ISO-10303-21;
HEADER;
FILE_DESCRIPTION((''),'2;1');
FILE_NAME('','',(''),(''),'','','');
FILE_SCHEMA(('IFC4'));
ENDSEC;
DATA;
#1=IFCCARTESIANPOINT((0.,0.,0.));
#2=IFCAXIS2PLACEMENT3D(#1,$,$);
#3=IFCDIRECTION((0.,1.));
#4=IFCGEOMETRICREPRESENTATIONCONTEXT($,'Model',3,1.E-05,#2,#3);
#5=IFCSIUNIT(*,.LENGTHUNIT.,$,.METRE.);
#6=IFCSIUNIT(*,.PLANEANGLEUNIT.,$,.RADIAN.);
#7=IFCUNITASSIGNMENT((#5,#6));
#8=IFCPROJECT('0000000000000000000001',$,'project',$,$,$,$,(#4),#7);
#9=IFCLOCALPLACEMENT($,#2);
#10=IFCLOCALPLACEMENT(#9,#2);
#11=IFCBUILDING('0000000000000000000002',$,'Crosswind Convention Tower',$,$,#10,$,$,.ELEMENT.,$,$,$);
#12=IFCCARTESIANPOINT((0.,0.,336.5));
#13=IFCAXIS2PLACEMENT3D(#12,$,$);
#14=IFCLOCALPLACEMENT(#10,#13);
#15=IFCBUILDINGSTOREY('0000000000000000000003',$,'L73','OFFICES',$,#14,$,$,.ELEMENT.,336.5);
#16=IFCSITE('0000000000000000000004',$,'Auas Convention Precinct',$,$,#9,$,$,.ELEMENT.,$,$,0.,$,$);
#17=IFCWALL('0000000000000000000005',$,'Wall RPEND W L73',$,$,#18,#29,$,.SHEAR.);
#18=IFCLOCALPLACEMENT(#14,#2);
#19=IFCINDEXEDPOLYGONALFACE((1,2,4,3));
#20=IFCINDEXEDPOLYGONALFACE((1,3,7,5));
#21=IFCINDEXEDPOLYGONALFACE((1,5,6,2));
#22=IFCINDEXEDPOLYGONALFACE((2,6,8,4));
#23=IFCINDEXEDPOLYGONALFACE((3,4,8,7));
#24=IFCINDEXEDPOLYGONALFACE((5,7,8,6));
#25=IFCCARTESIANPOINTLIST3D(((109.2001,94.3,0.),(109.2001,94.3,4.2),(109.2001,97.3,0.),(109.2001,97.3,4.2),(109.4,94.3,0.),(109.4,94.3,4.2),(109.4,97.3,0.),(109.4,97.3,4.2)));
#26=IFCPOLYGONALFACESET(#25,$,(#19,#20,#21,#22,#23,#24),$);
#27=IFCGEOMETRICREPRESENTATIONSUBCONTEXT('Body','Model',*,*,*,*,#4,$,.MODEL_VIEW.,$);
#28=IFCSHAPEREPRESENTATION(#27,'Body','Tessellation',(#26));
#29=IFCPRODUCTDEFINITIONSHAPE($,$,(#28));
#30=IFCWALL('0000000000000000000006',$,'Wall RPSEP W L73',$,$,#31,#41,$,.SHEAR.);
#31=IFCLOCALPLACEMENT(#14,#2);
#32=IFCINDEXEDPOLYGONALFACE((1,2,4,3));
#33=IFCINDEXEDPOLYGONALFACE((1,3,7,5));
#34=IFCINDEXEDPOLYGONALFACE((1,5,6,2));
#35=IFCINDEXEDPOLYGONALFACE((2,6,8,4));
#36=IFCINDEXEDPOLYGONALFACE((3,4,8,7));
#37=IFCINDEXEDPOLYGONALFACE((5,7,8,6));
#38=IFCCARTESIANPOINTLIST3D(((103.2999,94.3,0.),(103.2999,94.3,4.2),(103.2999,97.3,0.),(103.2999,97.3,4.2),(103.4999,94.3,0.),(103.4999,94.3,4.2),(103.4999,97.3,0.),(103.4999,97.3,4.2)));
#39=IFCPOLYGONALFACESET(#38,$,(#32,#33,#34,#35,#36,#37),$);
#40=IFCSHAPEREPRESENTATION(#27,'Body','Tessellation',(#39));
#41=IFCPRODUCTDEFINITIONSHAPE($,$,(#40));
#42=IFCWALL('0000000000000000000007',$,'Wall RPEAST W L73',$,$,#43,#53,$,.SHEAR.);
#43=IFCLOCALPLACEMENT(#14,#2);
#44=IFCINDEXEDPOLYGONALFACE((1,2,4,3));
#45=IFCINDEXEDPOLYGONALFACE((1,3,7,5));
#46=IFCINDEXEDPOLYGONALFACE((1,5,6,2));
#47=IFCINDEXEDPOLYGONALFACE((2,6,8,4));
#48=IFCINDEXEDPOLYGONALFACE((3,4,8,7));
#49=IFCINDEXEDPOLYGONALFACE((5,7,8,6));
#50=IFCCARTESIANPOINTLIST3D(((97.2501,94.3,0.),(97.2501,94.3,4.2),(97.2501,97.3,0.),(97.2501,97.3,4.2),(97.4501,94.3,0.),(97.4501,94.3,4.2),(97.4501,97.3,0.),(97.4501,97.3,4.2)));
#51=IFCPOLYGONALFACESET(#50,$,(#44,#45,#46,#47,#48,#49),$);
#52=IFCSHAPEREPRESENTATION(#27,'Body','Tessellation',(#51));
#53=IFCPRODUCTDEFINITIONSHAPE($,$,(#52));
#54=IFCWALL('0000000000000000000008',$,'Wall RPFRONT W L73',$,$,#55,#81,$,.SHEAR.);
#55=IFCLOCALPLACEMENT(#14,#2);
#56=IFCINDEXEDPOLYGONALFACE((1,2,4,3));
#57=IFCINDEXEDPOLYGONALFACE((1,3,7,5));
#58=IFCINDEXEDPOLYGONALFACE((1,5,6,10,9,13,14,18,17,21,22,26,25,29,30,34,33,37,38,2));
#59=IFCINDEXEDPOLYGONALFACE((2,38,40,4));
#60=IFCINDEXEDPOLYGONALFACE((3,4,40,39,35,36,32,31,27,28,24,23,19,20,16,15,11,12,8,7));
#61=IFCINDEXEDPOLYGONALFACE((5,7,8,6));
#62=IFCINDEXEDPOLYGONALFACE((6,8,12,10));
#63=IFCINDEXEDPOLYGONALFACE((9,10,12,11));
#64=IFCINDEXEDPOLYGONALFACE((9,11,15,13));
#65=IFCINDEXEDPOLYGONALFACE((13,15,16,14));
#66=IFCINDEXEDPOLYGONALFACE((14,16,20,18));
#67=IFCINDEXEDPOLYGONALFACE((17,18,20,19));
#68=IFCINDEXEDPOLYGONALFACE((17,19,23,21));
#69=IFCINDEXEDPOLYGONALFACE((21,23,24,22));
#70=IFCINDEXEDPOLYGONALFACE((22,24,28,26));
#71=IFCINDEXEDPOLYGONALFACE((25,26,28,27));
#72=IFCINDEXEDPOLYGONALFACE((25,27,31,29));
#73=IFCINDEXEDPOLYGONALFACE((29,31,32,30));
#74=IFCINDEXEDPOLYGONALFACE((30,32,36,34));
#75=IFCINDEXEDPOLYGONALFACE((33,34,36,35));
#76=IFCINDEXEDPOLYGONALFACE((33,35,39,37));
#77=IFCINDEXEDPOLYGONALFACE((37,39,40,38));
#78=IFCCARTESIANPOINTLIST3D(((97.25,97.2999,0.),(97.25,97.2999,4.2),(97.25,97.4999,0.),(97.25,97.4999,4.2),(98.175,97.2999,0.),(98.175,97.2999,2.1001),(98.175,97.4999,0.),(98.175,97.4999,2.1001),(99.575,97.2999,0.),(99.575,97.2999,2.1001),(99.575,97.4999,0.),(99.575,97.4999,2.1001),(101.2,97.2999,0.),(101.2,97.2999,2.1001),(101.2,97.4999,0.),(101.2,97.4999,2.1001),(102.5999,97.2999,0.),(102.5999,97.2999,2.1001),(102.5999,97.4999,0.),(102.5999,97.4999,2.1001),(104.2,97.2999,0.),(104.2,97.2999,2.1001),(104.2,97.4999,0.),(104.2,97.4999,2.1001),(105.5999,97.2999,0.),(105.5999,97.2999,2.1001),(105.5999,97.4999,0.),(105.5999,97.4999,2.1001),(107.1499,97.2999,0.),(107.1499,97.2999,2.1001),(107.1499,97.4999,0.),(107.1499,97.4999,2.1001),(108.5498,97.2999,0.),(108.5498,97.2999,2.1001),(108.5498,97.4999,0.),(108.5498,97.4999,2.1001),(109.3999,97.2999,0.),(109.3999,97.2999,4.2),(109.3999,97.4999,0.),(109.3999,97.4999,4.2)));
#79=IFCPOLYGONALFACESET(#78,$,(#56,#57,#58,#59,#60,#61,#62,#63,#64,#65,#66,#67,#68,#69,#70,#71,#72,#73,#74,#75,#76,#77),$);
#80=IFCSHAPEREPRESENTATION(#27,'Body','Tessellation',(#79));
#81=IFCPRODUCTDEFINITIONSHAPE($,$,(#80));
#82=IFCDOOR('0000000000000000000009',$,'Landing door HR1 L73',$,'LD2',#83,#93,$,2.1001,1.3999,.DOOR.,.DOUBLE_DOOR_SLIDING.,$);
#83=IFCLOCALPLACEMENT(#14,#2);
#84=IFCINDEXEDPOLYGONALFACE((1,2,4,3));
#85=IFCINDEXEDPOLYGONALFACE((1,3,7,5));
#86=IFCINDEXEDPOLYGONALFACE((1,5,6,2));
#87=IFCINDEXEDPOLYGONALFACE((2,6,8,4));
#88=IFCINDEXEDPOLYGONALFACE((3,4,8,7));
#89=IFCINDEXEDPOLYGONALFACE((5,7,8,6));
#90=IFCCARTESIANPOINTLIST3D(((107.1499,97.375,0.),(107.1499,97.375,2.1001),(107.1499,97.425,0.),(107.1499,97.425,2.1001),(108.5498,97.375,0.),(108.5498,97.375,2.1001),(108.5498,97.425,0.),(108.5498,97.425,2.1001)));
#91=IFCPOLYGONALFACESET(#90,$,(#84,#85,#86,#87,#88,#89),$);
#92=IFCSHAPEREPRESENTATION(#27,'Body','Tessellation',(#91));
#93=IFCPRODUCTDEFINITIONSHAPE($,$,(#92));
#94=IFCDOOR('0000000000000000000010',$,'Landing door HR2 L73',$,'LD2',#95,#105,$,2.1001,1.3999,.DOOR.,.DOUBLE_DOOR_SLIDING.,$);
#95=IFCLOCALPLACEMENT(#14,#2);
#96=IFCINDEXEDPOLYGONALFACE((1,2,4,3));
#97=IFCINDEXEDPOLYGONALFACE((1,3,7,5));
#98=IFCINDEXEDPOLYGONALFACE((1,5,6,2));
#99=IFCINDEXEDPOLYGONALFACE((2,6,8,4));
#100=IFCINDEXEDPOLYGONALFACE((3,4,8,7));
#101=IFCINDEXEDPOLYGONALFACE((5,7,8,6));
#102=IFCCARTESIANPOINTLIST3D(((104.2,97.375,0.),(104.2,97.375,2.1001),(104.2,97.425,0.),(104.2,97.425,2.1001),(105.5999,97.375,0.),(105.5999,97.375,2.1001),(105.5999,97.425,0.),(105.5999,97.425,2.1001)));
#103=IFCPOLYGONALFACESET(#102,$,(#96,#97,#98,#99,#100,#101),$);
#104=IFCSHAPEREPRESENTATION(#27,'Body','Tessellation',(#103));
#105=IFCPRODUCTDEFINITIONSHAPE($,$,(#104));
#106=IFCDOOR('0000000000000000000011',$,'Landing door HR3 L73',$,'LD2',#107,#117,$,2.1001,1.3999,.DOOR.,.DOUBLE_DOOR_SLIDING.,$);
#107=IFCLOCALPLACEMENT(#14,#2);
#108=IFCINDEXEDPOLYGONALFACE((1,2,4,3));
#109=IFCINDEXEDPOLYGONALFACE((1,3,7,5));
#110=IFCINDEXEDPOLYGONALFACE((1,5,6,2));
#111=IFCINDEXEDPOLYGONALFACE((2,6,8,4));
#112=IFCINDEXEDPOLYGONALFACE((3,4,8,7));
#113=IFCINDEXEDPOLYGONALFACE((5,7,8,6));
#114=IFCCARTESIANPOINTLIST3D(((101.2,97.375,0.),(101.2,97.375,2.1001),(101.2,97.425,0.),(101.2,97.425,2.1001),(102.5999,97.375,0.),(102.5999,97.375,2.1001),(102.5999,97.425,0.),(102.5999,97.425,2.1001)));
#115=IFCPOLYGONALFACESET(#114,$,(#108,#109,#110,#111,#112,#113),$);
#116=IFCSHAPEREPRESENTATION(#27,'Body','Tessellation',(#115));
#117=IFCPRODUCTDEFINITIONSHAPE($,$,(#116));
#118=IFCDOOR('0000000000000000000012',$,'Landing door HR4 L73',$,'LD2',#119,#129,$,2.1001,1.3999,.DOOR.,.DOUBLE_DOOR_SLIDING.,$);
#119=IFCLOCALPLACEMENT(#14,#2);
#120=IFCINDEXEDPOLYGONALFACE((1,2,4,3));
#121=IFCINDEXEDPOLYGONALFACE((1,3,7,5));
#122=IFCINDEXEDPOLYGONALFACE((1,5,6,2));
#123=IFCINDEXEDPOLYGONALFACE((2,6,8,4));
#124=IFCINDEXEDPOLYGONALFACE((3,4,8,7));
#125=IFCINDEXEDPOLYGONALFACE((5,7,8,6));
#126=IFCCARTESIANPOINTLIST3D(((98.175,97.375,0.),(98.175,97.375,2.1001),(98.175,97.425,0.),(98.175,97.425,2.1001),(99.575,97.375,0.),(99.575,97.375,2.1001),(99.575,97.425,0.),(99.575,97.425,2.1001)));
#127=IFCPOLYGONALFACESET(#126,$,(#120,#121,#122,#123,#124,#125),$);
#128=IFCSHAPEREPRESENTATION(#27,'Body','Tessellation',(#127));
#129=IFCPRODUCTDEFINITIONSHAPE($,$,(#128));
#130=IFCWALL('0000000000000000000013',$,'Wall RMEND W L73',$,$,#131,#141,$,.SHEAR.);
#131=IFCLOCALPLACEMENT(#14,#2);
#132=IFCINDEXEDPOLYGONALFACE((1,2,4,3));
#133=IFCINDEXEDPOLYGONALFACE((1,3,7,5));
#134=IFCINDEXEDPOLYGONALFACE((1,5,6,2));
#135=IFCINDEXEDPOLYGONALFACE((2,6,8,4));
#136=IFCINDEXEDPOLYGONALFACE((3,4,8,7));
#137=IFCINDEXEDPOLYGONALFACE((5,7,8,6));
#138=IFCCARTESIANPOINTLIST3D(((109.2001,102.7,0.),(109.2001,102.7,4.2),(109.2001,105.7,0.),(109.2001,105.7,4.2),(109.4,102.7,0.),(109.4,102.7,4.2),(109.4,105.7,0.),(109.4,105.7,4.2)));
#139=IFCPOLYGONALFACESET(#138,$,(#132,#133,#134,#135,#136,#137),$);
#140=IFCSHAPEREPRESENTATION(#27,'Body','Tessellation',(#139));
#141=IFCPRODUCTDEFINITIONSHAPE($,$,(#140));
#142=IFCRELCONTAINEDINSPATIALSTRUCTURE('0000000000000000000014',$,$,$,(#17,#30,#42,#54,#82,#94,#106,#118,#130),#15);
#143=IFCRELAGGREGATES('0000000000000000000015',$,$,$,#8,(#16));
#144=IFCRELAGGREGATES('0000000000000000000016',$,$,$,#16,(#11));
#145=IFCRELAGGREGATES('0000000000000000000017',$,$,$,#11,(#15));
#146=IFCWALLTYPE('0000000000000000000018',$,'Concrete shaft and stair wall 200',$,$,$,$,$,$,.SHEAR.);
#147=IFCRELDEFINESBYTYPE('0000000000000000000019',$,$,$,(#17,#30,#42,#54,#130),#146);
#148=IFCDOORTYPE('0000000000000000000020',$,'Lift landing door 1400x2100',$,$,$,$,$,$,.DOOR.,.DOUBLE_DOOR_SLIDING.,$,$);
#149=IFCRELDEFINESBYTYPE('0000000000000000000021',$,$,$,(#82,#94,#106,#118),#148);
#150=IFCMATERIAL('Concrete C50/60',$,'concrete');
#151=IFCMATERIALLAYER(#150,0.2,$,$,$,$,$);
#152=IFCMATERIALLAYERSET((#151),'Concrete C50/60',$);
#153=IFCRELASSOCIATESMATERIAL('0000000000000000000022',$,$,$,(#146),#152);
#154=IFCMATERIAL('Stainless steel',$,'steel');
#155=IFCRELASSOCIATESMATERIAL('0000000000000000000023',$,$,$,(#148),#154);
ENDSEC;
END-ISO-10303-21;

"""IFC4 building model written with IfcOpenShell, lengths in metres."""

from ifc_helpers import new_model, si_unit, direction, frame, frame_2d, origin, place, context, subcontext, project, spatial, rectangle, extrude, material, layer, layer_set, type_object, element, fill, save


model = new_model("IFC4")

# Units and contexts
model_context = context("Model", 3, precision=1e-05, world=origin(), true_north=direction((0.0, 1.0)))
body_context = subcontext(model_context, "Body", "Model", "MODEL_VIEW")
ifc_project = project(units=[si_unit("LENGTHUNIT", "METRE"), si_unit("PLANEANGLEUNIT", "RADIAN")], contexts=[model_context])

# Site, building, storey
site_placement = place(None, origin())
site = spatial("IfcSite", under=ifc_project, at=site_placement, Name="Auas Convention Precinct", CompositionType="ELEMENT", RefElevation=0.0)
building_placement = place(site_placement, origin())
building = spatial("IfcBuilding", under=site, at=building_placement, Name="Crosswind Convention Tower", CompositionType="ELEMENT")
storey_placement = place(building_placement, frame((0.0, 0.0, 336.5)))
storey = spatial("IfcBuildingStorey", under=building, at=storey_placement, Name="L73", Description="OFFICES", CompositionType="ELEMENT", Elevation=336.5)

# Walls
ifc_material_1 = material(Name="Concrete C50/60", Category="concrete")
ifc_layer_1 = layer(ifc_material_1, 0.2)
ifc_layer_set_1 = layer_set([ifc_layer_1], Name="Concrete C50/60")
wall_type_1 = type_object("IfcWallType", Name="Concrete shaft and stair wall 200", PredefinedType="SHEAR", material=ifc_layer_set_1)
for number, where, z_axis, x_axis, name in (
    (1, (109.3, 97.3, 0.0), (0.0, 0.0, 1.0), (0.0, -1.0, 0.0), "Wall RPEND W L73"),
    (2, (103.3999, 97.3, 0.0), (0.0, 0.0, 1.0), (0.0, -1.0, 0.0), "Wall RPSEP W L73"),
    (3, (97.3501, 97.3, 0.0), (0.0, 0.0, 1.0), (0.0, -1.0, 0.0), "Wall RPEAST W L73"),
):
    element("IfcWall", number, at=place(storey_placement, frame(where, z_axis=z_axis, x_axis=x_axis)), inside=storey, type_object=wall_type_1, Name=name, PredefinedType="SHEAR", context=body_context, shape_type="SweptSolid", body=[
        extrude(rectangle(XDim=3.0, YDim=0.2, at=frame_2d((1.5, 0.0))), origin(), (0.0, 0.0, 1.0), 4.2),
    ])

# Wall, openings, doors
wall_1_placement = place(storey_placement, frame((109.3999, 97.3999, 0.0), z_axis=(0.0, 0.0, 1.0), x_axis=(-1.0, 0.0, 0.0)))
wall_1 = element("IfcWall", 4, at=wall_1_placement, inside=storey, type_object=wall_type_1, Name="Wall RPFRONT W L73", PredefinedType="SHEAR", context=body_context, shape_type="SweptSolid", body=[
    extrude(rectangle(XDim=12.1499, YDim=0.2, at=frame_2d((6.075, 0.0))), origin(), (0.0, 0.0, 1.0), 4.2),
])
opening_1_placement = place(wall_1_placement, frame((0.8501, 0.0, 0.0)))
opening_1 = element("IfcOpeningElement", 5, at=opening_1_placement, cuts=wall_1, PredefinedType="OPENING", context=body_context, shape_type="SweptSolid", body=[
    extrude(rectangle(XDim=1.3999, YDim=2.1001, at=frame_2d((0.7, 1.05))), frame((0.0, 0.1099, 0.0), z_axis=(0.0, -1.0, 0.0), x_axis=(1.0, 0.0, 0.0)), (0.0, 0.0, 1.0), 0.22),
])
opening_2_placement = place(wall_1_placement, frame((3.8, 0.0, 0.0)))
opening_2 = element("IfcOpeningElement", 6, at=opening_2_placement, cuts=wall_1, PredefinedType="OPENING", context=body_context, shape_type="SweptSolid", body=[
    extrude(rectangle(XDim=1.3999, YDim=2.1001, at=frame_2d((0.7, 1.05))), frame((0.0, 0.1099, 0.0), z_axis=(0.0, -1.0, 0.0), x_axis=(1.0, 0.0, 0.0)), (0.0, 0.0, 1.0), 0.22),
])
opening_3_placement = place(wall_1_placement, frame((6.8, 0.0, 0.0)))
opening_3 = element("IfcOpeningElement", 7, at=opening_3_placement, cuts=wall_1, PredefinedType="OPENING", context=body_context, shape_type="SweptSolid", body=[
    extrude(rectangle(XDim=1.3999, YDim=2.1001, at=frame_2d((0.7, 1.05))), frame((0.0, 0.1099, 0.0), z_axis=(0.0, -1.0, 0.0), x_axis=(1.0, 0.0, 0.0)), (0.0, 0.0, 1.0), 0.22),
])
opening_4_placement = place(wall_1_placement, frame((9.825, 0.0, 0.0)))
opening_4 = element("IfcOpeningElement", 8, at=opening_4_placement, cuts=wall_1, PredefinedType="OPENING", context=body_context, shape_type="SweptSolid", body=[
    extrude(rectangle(XDim=1.3999, YDim=2.1001, at=frame_2d((0.7, 1.05))), frame((0.0, 0.1099, 0.0), z_axis=(0.0, -1.0, 0.0), x_axis=(1.0, 0.0, 0.0)), (0.0, 0.0, 1.0), 0.22),
])
ifc_material_2 = material(Name="Stainless steel", Category="steel")
door_type_1 = type_object("IfcDoorType", Name="Lift landing door 1400x2100", OperationType="DOUBLE_DOOR_SLIDING", PredefinedType="DOOR", material=ifc_material_2)
door_1_placement = place(opening_1_placement, origin())
door_1 = element("IfcDoor", 9, at=door_1_placement, inside=storey, type_object=door_type_1, Name="Landing door HR1 L73", ObjectType="LD2", OperationType="DOUBLE_DOOR_SLIDING", OverallHeight=2.1001, OverallWidth=1.3999, PredefinedType="DOOR", context=body_context, shape_type="SweptSolid", body=[
    extrude(rectangle(XDim=1.3999, YDim=2.1001, at=frame_2d((0.7, 1.05))), frame((0.0, 0.0249, 0.0), z_axis=(0.0, -1.0, 0.0), x_axis=(1.0, 0.0, 0.0)), (0.0, 0.0, 1.0), 0.05),
])
fill(opening_1, door_1)
door_2_placement = place(opening_2_placement, origin())
door_2 = element("IfcDoor", 10, at=door_2_placement, inside=storey, type_object=door_type_1, Name="Landing door HR2 L73", ObjectType="LD2", OperationType="DOUBLE_DOOR_SLIDING", OverallHeight=2.1001, OverallWidth=1.3999, PredefinedType="DOOR", context=body_context, shape_type="SweptSolid", body=[
    extrude(rectangle(XDim=1.3999, YDim=2.1001, at=frame_2d((0.7, 1.05))), frame((0.0, 0.0249, 0.0), z_axis=(0.0, -1.0, 0.0), x_axis=(1.0, 0.0, 0.0)), (0.0, 0.0, 1.0), 0.05),
])
fill(opening_2, door_2)
door_3_placement = place(opening_3_placement, origin())
door_3 = element("IfcDoor", 11, at=door_3_placement, inside=storey, type_object=door_type_1, Name="Landing door HR3 L73", ObjectType="LD2", OperationType="DOUBLE_DOOR_SLIDING", OverallHeight=2.1001, OverallWidth=1.3999, PredefinedType="DOOR", context=body_context, shape_type="SweptSolid", body=[
    extrude(rectangle(XDim=1.3999, YDim=2.1001, at=frame_2d((0.7, 1.05))), frame((0.0, 0.0249, 0.0), z_axis=(0.0, -1.0, 0.0), x_axis=(1.0, 0.0, 0.0)), (0.0, 0.0, 1.0), 0.05),
])
fill(opening_3, door_3)
door_4_placement = place(opening_4_placement, origin())
door_4 = element("IfcDoor", 12, at=door_4_placement, inside=storey, type_object=door_type_1, Name="Landing door HR4 L73", ObjectType="LD2", OperationType="DOUBLE_DOOR_SLIDING", OverallHeight=2.1001, OverallWidth=1.3999, PredefinedType="DOOR", context=body_context, shape_type="SweptSolid", body=[
    extrude(rectangle(XDim=1.3999, YDim=2.1001, at=frame_2d((0.7, 1.05))), frame((0.0, 0.0249, 0.0), z_axis=(0.0, -1.0, 0.0), x_axis=(1.0, 0.0, 0.0)), (0.0, 0.0, 1.0), 0.05),
])
fill(opening_4, door_4)

# Wall
wall_2_placement = place(storey_placement, frame((109.3, 105.7, 0.0), z_axis=(0.0, 0.0, 1.0), x_axis=(0.0, -1.0, 0.0)))
element("IfcWall", 13, at=wall_2_placement, inside=storey, type_object=wall_type_1, Name="Wall RMEND W L73", PredefinedType="SHEAR", context=body_context, shape_type="SweptSolid", body=[
    extrude(rectangle(XDim=3.0, YDim=0.2, at=frame_2d((1.5, 0.0))), origin(), (0.0, 0.0, 1.0), 4.2),
])

save(model, "model.ifc")
